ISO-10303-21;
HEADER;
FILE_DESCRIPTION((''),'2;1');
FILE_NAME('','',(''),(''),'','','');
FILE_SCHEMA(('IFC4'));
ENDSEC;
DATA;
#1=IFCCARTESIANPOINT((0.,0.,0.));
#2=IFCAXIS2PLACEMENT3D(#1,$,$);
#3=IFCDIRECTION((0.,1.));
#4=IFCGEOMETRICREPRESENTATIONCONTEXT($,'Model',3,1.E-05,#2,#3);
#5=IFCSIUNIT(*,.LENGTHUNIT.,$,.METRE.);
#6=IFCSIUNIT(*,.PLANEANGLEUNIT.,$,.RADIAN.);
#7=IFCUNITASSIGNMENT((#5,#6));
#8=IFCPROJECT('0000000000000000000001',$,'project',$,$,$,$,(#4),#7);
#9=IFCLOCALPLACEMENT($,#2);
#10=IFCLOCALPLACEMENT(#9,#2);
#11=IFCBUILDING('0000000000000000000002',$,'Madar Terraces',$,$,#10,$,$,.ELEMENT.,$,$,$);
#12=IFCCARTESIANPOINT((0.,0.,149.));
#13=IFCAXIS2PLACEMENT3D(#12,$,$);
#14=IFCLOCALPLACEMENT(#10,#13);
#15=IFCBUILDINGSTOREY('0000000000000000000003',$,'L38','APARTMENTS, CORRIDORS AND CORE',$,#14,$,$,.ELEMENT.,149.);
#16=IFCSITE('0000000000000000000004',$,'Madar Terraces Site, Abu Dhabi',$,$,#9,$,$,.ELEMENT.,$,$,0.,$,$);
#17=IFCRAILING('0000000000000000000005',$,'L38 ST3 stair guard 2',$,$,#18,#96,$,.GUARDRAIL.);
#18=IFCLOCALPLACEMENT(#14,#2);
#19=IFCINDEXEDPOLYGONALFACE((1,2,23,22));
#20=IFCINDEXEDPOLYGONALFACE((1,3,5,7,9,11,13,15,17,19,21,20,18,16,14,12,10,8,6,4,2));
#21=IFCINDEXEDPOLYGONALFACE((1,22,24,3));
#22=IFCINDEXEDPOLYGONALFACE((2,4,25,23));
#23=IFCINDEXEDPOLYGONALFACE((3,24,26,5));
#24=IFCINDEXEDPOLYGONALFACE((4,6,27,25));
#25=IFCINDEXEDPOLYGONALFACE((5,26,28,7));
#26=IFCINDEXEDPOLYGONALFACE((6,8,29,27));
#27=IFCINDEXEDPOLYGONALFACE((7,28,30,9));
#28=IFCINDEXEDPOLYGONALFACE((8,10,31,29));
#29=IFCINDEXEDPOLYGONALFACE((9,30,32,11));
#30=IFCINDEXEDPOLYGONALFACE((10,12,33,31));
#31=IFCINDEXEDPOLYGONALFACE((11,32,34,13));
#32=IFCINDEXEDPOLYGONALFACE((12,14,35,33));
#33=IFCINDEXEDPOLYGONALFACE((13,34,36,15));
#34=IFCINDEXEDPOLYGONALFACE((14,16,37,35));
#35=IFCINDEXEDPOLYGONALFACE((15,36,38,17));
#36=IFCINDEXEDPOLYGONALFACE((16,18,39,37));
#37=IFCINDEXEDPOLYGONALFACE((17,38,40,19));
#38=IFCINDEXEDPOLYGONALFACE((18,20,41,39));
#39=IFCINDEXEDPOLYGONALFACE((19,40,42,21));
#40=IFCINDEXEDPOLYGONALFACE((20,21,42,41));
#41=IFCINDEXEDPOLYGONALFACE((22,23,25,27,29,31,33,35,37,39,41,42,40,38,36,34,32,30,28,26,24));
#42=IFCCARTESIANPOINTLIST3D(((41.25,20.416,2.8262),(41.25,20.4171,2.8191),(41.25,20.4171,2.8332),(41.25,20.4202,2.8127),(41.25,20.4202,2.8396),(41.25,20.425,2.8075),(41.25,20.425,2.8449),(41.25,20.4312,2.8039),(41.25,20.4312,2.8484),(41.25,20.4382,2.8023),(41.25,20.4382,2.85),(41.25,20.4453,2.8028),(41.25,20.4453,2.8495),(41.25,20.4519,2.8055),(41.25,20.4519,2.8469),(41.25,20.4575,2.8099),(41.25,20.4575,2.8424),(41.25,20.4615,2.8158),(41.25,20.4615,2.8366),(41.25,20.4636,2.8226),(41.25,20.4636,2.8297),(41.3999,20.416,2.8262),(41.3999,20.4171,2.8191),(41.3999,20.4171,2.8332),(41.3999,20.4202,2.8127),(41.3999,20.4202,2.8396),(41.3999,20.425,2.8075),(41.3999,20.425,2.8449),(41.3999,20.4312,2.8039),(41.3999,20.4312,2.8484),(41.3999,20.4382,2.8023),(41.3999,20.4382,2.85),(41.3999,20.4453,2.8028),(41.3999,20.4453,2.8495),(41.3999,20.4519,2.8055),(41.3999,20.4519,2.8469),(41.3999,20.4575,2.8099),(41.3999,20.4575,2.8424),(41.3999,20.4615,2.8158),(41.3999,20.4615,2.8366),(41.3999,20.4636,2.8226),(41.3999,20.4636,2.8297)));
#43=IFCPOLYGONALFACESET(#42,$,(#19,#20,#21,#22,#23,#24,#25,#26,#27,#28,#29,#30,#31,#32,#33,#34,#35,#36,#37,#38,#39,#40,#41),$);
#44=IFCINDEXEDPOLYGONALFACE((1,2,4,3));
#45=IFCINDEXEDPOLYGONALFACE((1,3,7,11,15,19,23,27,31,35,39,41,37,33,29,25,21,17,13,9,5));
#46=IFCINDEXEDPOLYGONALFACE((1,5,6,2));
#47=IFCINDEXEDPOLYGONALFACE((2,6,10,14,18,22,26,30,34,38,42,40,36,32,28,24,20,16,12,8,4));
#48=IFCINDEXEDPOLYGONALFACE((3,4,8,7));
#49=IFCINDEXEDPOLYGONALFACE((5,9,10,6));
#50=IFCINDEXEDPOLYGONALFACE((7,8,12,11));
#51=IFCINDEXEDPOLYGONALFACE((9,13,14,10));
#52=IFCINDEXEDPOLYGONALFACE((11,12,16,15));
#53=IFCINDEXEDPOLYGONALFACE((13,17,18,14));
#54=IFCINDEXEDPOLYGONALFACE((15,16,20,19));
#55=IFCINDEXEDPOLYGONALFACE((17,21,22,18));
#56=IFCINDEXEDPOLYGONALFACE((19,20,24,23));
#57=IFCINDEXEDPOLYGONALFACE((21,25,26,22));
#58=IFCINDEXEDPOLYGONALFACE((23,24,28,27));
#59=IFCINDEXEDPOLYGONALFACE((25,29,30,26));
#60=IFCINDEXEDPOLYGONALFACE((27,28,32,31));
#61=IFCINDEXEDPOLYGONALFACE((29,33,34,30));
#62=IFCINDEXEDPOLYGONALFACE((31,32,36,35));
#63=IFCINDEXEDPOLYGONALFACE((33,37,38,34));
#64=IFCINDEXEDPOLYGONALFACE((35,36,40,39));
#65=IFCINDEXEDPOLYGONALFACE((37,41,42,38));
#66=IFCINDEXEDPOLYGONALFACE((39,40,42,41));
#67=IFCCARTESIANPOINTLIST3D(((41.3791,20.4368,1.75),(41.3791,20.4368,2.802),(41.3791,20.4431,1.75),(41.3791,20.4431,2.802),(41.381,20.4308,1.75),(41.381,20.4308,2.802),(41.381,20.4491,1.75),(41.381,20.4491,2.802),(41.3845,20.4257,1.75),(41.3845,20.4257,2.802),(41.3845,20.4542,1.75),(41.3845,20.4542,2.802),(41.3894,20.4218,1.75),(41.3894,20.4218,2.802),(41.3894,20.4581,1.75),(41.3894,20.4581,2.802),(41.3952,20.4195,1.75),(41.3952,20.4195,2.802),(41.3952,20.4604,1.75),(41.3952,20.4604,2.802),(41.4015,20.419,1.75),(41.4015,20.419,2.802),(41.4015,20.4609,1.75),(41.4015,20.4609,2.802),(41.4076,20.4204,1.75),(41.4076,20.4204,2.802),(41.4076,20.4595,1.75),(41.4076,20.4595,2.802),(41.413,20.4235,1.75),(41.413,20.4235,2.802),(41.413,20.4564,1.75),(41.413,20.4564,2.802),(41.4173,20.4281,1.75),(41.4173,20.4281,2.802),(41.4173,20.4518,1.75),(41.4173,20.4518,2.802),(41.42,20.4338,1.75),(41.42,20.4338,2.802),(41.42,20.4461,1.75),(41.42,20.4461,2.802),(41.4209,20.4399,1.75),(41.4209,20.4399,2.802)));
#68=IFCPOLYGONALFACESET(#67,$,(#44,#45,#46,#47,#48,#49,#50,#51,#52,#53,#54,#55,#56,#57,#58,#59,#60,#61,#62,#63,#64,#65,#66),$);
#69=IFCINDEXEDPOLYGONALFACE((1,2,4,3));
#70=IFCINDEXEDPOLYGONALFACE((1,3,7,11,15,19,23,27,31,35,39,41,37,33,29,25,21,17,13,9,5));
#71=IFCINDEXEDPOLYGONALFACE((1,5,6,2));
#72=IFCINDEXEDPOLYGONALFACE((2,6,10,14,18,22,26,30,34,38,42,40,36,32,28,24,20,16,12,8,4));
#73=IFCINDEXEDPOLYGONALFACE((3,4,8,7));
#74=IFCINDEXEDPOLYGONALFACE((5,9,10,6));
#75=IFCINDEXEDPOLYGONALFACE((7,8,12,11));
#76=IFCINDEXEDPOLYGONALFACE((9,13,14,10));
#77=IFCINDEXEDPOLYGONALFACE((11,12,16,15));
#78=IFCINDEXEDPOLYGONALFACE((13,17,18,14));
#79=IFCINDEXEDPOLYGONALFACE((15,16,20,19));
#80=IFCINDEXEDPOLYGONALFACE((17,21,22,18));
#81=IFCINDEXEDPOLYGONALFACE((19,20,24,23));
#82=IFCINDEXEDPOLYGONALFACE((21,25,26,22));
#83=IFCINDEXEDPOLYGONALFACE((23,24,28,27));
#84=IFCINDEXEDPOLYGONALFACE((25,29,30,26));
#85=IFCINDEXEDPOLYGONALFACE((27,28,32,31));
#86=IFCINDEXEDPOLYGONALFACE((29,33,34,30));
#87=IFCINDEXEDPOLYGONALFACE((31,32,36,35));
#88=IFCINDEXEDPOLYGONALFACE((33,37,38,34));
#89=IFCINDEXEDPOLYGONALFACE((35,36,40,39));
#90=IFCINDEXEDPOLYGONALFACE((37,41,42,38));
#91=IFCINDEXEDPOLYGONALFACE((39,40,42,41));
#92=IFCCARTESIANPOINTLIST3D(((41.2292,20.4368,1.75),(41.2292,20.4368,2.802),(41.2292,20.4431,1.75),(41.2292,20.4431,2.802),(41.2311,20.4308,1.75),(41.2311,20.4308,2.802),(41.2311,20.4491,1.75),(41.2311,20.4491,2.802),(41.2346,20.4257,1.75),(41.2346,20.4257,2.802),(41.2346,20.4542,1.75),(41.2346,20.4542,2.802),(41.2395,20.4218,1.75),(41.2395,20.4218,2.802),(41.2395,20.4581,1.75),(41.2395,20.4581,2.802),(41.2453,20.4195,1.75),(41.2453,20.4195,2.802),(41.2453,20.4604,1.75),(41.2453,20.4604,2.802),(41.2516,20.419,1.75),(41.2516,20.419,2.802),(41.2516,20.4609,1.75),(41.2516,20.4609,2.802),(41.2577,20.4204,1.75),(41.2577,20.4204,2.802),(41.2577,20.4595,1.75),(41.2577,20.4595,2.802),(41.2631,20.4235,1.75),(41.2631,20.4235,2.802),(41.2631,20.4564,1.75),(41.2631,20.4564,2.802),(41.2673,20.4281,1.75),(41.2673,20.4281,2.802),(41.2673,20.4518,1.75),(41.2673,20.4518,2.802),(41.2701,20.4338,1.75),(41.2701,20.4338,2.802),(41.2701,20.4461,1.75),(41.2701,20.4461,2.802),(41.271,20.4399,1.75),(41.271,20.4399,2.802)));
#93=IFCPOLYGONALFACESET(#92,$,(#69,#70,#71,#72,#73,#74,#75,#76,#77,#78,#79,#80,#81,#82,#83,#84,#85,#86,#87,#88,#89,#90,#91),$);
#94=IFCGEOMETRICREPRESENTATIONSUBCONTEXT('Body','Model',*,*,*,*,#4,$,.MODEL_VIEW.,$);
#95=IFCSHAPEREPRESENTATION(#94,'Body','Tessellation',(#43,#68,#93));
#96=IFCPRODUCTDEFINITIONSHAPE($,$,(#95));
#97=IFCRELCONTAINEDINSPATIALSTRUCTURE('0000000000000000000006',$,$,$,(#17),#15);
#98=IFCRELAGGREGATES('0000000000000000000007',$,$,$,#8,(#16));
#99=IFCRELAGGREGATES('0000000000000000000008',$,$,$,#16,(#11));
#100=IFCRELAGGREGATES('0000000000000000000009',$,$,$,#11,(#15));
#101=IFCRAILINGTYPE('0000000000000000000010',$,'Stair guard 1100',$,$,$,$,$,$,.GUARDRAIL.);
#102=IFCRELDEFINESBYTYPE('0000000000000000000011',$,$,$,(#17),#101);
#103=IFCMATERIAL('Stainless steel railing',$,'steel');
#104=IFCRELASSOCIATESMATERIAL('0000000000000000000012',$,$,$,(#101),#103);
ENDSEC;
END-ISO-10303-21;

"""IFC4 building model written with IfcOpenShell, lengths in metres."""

from ifc_helpers import new_model, si_unit, direction, frame, origin, origin_2d, place, context, subcontext, project, spatial, circle, extrude, material, type_object, element, save


model = new_model("IFC4")

# Units and contexts
model_context = context("Model", 3, precision=1e-05, world=origin(), true_north=direction((0.0, 1.0)))
body_context = subcontext(model_context, "Body", "Model", "MODEL_VIEW")
ifc_project = project(units=[si_unit("LENGTHUNIT", "METRE"), si_unit("PLANEANGLEUNIT", "RADIAN")], contexts=[model_context])

# Site, building, storey
site_placement = place(None, origin())
site = spatial("IfcSite", under=ifc_project, at=site_placement, Name="Madar Terraces Site, Abu Dhabi", CompositionType="ELEMENT", RefElevation=0.0)
building_placement = place(site_placement, origin())
building = spatial("IfcBuilding", under=site, at=building_placement, Name="Madar Terraces", CompositionType="ELEMENT")
storey_placement = place(building_placement, frame((0.0, 0.0, 149.0)))
storey = spatial("IfcBuildingStorey", under=building, at=storey_placement, Name="L38", Description="APARTMENTS, CORRIDORS AND CORE", CompositionType="ELEMENT", Elevation=149.0)

# Railing
ifc_material_1 = material(Name="Stainless steel railing", Category="steel")
railing_type_1 = type_object("IfcRailingType", Name="Stair guard 1100", PredefinedType="GUARDRAIL", material=ifc_material_1)
railing_1_placement = place(storey_placement, frame((41.3999, 20.4399, 1.75)))
element("IfcRailing", 1, at=railing_1_placement, inside=storey, type_object=railing_type_1, Name="L38 ST3 stair guard 2", PredefinedType="GUARDRAIL", context=body_context, shape_type="SweptSolid", body=[
    extrude(circle(Radius=0.0239, at=origin_2d()), frame((0.0, 0.0, 1.0762), z_axis=(-1.0, 0.0, 0.0), x_axis=(0.0, -1.0, 0.0)), (0.0, 0.0, 1.0), 0.1499),
    extrude(circle(Radius=0.021, at=origin_2d()), origin(), (0.0, 0.0, 1.0), 1.052),
    extrude(circle(Radius=0.021, at=origin_2d()), frame((-0.1499, 0.0, 0.0)), (0.0, 0.0, 1.0), 1.052),
])

save(model, "model.ifc")
